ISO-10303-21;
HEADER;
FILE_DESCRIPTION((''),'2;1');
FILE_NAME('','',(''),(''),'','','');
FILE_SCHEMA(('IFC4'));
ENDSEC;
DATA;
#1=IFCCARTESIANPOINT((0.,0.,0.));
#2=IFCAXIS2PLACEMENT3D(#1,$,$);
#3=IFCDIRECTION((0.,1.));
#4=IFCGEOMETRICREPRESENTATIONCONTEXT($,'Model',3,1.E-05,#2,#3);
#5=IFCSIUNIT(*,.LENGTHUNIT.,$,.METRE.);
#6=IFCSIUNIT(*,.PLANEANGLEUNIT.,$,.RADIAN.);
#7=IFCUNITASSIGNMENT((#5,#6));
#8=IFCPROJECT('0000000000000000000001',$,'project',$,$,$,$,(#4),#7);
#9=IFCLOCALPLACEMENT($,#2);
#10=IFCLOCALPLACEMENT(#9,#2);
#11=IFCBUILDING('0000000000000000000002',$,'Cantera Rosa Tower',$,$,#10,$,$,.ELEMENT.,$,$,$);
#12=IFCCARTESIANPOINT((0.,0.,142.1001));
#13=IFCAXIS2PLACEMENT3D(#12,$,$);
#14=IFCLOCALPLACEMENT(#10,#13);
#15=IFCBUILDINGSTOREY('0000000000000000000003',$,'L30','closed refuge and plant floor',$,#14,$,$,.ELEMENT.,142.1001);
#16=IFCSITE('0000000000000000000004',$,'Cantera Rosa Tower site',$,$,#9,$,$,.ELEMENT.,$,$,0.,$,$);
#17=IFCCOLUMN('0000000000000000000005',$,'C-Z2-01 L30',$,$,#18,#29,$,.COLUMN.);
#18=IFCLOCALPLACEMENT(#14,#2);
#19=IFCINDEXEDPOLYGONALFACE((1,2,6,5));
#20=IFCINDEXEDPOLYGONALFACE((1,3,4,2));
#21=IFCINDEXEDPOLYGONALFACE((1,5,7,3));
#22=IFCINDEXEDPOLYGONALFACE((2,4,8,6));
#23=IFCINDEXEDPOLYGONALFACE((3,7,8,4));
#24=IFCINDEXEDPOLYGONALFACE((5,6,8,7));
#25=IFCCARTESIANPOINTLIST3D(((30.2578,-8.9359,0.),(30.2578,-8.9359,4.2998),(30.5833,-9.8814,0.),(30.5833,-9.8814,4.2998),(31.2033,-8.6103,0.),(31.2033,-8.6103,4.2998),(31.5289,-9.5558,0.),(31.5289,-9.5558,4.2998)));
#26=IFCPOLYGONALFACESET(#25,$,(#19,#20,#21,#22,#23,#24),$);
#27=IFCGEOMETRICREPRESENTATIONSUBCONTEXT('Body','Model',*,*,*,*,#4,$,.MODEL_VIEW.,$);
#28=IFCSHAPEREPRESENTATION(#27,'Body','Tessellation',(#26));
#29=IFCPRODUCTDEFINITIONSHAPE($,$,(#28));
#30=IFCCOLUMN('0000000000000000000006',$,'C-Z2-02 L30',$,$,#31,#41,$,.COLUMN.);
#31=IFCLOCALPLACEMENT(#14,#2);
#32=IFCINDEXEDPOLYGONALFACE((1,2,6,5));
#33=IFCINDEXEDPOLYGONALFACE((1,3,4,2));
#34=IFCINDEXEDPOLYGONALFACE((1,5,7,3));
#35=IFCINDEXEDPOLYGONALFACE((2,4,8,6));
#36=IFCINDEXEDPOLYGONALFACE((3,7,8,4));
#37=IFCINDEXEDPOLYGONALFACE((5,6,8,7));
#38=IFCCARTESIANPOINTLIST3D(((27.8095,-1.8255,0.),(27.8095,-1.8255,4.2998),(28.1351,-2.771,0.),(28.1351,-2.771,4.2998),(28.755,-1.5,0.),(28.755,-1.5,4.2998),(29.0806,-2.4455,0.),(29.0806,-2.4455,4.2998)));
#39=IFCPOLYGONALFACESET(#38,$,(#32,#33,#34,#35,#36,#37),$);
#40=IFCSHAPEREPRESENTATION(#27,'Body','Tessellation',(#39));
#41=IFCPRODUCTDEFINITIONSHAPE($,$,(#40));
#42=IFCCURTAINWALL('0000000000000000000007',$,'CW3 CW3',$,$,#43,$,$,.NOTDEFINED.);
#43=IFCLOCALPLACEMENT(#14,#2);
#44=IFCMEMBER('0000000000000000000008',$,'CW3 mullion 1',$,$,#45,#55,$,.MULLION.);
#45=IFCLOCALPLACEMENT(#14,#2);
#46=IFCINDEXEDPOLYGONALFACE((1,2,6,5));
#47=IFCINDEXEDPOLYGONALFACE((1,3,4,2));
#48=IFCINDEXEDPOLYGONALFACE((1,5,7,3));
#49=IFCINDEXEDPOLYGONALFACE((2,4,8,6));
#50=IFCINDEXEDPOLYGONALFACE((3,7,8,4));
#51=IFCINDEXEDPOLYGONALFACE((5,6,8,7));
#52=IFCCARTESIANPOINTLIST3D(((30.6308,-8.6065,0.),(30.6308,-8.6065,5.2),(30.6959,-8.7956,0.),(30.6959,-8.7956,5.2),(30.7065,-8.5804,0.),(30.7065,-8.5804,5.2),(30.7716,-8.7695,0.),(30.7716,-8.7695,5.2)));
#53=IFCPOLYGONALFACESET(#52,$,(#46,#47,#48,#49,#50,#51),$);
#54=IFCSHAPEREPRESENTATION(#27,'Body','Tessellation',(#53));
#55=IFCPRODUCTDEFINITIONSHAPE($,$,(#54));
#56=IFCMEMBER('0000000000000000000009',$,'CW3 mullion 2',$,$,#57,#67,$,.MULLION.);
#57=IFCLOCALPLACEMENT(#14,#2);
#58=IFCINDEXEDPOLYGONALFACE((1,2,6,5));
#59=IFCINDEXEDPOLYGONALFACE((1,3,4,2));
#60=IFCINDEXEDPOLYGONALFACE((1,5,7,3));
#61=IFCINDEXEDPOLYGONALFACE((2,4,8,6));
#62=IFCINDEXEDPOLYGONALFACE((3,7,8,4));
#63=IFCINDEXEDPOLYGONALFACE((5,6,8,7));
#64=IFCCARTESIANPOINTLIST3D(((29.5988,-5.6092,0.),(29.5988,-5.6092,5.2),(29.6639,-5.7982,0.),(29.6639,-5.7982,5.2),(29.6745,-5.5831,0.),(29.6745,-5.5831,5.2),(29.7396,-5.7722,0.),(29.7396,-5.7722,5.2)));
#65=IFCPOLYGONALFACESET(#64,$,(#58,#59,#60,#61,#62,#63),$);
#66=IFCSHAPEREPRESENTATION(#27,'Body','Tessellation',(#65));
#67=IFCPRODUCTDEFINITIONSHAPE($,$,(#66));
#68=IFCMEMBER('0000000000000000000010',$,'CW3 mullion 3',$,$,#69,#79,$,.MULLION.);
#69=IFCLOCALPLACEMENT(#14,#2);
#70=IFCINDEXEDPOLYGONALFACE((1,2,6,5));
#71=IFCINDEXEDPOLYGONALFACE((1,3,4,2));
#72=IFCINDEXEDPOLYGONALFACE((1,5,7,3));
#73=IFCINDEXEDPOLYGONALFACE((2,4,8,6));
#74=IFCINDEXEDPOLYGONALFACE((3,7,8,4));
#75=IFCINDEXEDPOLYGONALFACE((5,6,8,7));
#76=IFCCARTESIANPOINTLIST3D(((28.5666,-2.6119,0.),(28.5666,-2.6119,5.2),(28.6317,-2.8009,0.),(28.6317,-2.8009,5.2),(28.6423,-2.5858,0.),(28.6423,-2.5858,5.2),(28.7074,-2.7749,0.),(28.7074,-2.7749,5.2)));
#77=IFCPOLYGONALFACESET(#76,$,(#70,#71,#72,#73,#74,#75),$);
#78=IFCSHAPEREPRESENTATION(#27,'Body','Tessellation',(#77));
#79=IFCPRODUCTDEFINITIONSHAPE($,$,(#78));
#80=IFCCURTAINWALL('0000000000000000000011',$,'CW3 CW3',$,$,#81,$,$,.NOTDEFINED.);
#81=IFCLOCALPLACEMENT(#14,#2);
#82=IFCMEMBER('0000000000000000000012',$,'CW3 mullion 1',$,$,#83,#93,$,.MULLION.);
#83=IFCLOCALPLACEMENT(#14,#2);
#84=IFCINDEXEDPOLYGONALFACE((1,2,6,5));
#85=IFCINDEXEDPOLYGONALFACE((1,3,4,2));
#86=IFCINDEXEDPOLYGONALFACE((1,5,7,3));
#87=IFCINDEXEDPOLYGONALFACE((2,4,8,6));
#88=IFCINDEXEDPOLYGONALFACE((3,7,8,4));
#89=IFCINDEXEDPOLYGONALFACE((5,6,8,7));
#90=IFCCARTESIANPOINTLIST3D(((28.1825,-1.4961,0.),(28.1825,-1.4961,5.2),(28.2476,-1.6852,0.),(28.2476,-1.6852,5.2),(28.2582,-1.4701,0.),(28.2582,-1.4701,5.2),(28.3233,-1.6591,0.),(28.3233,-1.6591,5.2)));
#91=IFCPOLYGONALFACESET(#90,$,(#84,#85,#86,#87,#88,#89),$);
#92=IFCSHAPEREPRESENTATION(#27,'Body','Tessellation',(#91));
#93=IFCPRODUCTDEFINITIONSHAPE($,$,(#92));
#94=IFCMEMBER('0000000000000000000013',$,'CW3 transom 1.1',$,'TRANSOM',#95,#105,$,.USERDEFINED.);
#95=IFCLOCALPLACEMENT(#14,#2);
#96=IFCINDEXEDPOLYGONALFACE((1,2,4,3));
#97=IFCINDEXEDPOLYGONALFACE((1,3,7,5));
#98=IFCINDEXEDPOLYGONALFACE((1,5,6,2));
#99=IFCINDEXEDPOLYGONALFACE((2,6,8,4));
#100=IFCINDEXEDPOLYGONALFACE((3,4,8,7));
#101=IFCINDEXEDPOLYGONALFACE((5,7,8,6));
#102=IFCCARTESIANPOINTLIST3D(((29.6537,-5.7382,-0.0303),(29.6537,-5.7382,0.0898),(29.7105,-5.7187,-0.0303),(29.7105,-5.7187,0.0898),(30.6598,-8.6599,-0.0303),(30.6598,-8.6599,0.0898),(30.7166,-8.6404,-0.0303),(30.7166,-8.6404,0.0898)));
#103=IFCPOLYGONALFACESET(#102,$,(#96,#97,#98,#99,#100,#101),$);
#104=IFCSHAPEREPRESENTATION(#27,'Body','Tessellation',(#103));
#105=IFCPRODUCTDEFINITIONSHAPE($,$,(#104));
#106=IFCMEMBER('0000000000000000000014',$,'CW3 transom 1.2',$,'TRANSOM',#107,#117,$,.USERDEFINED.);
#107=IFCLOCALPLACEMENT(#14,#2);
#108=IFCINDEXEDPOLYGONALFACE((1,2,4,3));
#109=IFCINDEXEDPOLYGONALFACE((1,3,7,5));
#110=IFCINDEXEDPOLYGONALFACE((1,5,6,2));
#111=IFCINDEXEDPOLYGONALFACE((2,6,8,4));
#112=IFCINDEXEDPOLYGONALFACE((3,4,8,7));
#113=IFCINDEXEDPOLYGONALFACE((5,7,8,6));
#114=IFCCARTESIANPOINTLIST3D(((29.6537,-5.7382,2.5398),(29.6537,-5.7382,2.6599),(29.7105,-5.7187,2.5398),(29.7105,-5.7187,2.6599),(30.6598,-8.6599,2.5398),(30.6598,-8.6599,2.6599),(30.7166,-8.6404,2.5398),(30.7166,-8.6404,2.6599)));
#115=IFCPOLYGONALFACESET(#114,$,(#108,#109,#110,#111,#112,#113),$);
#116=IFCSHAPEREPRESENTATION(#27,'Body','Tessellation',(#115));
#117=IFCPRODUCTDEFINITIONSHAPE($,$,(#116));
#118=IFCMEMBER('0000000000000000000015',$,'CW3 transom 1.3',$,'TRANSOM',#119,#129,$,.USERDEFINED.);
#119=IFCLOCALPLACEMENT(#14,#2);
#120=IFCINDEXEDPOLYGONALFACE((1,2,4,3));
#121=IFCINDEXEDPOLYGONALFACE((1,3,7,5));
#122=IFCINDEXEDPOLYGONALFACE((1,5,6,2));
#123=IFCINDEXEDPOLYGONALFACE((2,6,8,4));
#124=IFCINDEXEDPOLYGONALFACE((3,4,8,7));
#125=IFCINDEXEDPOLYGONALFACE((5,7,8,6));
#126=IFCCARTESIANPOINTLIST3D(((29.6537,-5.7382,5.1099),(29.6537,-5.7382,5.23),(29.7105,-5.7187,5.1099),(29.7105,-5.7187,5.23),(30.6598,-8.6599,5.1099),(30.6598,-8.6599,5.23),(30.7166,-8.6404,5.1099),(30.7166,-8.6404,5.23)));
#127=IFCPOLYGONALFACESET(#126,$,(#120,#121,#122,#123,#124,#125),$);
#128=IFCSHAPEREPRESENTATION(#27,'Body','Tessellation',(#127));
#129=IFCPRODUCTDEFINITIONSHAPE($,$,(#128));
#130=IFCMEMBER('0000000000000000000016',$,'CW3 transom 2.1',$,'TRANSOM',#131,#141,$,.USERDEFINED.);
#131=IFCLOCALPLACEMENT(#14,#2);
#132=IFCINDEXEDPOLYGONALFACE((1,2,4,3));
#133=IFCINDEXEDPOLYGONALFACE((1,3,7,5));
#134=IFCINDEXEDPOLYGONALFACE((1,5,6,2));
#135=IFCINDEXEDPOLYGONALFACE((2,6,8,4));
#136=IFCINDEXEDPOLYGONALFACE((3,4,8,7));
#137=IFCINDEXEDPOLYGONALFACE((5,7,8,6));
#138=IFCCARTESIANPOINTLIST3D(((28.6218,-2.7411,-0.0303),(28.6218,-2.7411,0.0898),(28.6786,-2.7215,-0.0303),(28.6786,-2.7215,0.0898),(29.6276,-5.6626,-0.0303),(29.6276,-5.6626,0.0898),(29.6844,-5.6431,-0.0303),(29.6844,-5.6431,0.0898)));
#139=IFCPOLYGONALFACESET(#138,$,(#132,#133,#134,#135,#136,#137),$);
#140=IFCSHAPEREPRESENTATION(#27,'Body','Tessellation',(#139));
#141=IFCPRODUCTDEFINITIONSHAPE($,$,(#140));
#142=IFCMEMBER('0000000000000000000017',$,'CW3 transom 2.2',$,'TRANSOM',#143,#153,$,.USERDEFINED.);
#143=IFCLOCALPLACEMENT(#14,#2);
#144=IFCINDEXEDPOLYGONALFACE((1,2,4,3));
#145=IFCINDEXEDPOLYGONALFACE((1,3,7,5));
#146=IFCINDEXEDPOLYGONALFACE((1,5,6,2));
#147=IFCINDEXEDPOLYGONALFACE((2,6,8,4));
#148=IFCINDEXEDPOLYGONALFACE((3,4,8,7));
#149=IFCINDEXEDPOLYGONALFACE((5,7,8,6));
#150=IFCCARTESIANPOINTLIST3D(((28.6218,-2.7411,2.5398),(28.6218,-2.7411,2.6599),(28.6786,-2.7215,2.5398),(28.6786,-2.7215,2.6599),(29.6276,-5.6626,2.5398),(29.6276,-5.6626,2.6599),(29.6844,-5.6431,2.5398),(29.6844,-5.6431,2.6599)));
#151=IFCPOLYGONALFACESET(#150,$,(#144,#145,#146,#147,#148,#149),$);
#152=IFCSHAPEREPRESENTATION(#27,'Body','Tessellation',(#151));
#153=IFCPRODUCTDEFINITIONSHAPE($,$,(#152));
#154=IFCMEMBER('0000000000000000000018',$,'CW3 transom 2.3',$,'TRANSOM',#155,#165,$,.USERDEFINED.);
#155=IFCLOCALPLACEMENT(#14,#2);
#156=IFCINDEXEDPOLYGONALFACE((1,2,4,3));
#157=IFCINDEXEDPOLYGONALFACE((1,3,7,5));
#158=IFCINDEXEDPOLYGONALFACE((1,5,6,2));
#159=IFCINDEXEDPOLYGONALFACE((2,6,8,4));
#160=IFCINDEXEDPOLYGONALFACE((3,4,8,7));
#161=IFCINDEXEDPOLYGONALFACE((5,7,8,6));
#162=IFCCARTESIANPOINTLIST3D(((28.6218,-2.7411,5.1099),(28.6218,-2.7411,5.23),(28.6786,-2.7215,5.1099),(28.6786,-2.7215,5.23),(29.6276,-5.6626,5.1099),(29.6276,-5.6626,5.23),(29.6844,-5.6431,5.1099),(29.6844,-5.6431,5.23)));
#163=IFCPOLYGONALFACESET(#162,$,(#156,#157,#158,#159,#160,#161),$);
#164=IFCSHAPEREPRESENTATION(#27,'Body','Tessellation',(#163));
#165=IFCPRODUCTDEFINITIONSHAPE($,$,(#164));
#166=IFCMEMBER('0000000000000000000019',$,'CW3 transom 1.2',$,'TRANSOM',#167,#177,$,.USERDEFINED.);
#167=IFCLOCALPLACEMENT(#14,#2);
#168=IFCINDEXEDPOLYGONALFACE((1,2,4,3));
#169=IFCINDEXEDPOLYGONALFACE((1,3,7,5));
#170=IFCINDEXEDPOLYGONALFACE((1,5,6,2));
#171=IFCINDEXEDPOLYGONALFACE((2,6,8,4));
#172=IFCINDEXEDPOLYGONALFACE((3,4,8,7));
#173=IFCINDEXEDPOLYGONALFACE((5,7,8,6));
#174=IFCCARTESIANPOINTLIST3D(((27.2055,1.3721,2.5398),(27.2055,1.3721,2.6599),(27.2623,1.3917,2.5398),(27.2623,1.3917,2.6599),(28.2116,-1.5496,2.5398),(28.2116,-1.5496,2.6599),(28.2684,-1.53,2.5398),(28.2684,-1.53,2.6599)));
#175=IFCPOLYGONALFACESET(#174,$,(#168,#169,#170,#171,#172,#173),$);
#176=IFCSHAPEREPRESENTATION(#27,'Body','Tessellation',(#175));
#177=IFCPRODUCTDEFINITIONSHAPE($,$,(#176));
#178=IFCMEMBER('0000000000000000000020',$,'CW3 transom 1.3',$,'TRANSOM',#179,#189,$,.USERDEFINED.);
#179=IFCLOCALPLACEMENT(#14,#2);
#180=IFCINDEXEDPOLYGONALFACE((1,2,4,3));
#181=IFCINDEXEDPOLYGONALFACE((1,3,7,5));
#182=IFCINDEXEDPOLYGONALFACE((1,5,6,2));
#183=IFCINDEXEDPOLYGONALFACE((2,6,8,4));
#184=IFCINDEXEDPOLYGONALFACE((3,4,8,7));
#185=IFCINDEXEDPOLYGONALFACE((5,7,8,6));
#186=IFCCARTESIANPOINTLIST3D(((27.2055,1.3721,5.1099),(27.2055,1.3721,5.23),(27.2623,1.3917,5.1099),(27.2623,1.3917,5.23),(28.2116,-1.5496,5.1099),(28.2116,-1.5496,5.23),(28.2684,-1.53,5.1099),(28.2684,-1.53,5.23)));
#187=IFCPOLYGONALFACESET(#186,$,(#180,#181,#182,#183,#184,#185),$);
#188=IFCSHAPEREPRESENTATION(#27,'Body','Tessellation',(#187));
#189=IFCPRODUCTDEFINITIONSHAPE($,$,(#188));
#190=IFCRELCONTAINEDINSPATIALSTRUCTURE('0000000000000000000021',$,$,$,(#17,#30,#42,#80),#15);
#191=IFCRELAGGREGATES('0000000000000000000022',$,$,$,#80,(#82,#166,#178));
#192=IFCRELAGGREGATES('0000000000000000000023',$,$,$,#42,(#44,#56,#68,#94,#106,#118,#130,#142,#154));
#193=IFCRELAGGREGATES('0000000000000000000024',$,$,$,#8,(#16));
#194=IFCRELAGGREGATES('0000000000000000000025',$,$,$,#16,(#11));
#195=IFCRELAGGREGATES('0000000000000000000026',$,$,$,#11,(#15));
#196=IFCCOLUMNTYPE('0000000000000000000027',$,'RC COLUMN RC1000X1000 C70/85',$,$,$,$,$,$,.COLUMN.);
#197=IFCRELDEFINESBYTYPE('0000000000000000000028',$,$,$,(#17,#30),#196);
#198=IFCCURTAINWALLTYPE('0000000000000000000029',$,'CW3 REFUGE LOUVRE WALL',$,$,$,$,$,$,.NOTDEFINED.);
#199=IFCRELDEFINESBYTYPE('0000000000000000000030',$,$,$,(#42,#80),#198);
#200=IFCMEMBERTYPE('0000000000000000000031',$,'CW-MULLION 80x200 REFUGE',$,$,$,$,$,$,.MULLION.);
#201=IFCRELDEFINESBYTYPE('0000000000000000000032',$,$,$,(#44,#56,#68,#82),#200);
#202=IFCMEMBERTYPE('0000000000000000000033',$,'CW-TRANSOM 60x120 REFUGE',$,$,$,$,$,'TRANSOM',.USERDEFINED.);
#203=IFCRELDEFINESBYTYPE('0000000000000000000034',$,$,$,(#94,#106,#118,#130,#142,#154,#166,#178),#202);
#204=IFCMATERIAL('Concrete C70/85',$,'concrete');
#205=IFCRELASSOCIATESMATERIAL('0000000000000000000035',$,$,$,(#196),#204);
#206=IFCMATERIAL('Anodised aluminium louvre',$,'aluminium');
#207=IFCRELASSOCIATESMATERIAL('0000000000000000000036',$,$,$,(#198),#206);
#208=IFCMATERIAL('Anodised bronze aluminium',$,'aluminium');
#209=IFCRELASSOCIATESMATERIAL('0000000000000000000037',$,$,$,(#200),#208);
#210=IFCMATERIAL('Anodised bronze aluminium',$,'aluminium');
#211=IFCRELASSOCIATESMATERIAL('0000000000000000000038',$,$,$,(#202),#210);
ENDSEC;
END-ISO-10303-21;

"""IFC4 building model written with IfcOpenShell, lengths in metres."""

from ifc_helpers import new_model, si_unit, direction, frame, origin, origin_2d, place, context, subcontext, project, spatial, rectangle, extrude, material, material_profile, profile_set, type_object, element, aggregate, save


model = new_model("IFC4")

# Units and contexts
model_context = context("Model", 3, precision=1e-05, world=origin(), true_north=direction((0.0, 1.0)))
body_context = subcontext(model_context, "Body", "Model", "MODEL_VIEW")
ifc_project = project(units=[si_unit("LENGTHUNIT", "METRE"), si_unit("PLANEANGLEUNIT", "RADIAN")], contexts=[model_context])

# Site, building, storey
site_placement = place(None, origin())
site = spatial("IfcSite", under=ifc_project, at=site_placement, Name="Cantera Rosa Tower site", CompositionType="ELEMENT", RefElevation=0.0)
building_placement = place(site_placement, origin())
building = spatial("IfcBuilding", under=site, at=building_placement, Name="Cantera Rosa Tower", CompositionType="ELEMENT")
storey_placement = place(building_placement, frame((0.0, 0.0, 142.1001)))
storey = spatial("IfcBuildingStorey", under=building, at=storey_placement, Name="L30", Description="closed refuge and plant floor", CompositionType="ELEMENT", Elevation=142.1001)

# Columns
ifc_material_1 = material(Name="Concrete C70/85", Category="concrete")
ifc_material_profile_1 = material_profile(ifc_material_1, rectangle(XDim=1.0, YDim=1.0, at=origin_2d()), Name="RC COLUMN RC1000X1000 C70/85")
ifc_profile_set_1 = profile_set([ifc_material_profile_1], Name="Concrete C70/85")
column_type = type_object("IfcColumnType", Name="RC COLUMN RC1000X1000 C70/85", PredefinedType="COLUMN", material=ifc_profile_set_1)
for number, where, z_axis, x_axis, name in (
    (1, (30.8933, -9.2458, 0.0), (0.0, 0.0, 1.0), (0.945519, 0.325568, 0.0), "C-Z2-01 L30"),
    (2, (28.4451, -2.1355, 0.0), (0.0, 0.0, 1.0), (0.945519, 0.325568, 0.0), "C-Z2-02 L30"),
):
    element("IfcColumn", number, at=place(storey_placement, frame(where, z_axis=z_axis, x_axis=x_axis)), inside=storey, type_object=column_type, Name=name, PredefinedType="COLUMN", context=body_context, shape_type="SweptSolid", body=[
        extrude(rectangle(XDim=1.0, YDim=1.0, at=origin_2d()), origin(), (0.0, 0.0, 1.0), 4.2998),
    ])

# Curtain wall, members
ifc_material_2 = material(Name="Anodised aluminium louvre", Category="aluminium")
curtain_wall_type = type_object("IfcCurtainWallType", Name="CW3 REFUGE LOUVRE WALL", PredefinedType="NOTDEFINED", material=ifc_material_2)
curtain_wall_1_placement = place(storey_placement, origin())
curtain_wall_1 = element("IfcCurtainWall", 3, at=curtain_wall_1_placement, inside=storey, type_object=curtain_wall_type, Name="CW3 CW3", PredefinedType="NOTDEFINED")
ifc_material_3 = material(Name="Anodised bronze aluminium", Category="aluminium")
ifc_material_profile_2 = material_profile(ifc_material_3, rectangle(XDim=0.0801, YDim=0.2, at=origin_2d()), Name="CW-MULLION 80x200 REFUGE")
ifc_profile_set_2 = profile_set([ifc_material_profile_2], Name="Anodised bronze aluminium")
member_type_1 = type_object("IfcMemberType", Name="CW-MULLION 80x200 REFUGE", PredefinedType="MULLION", material=ifc_profile_set_2)
member_1_placement = place(storey_placement, frame((30.7012, -8.688, 0.0), z_axis=(0.0, 0.0, 1.0), x_axis=(-0.945519, -0.325568, 0.0)))
member_1 = element("IfcMember", 4, at=member_1_placement, type_object=member_type_1, Name="CW3 mullion 1", PredefinedType="MULLION", context=body_context, shape_type="SweptSolid", body=[
    extrude(rectangle(XDim=0.0801, YDim=0.2, at=origin_2d()), origin(), (0.0, 0.0, 1.0), 5.2),
])
member_2_placement = place(storey_placement, frame((29.6692, -5.6907, 0.0), z_axis=(0.0, 0.0, 1.0), x_axis=(-0.945519, -0.325568, 0.0)))
member_2 = element("IfcMember", 5, at=member_2_placement, type_object=member_type_1, Name="CW3 mullion 2", PredefinedType="MULLION", context=body_context, shape_type="SweptSolid", body=[
    extrude(rectangle(XDim=0.0801, YDim=0.2, at=origin_2d()), origin(), (0.0, 0.0, 1.0), 5.2),
])
member_3_placement = place(storey_placement, frame((28.637, -2.6934, 0.0), z_axis=(0.0, 0.0, 1.0), x_axis=(-0.945519, -0.325568, 0.0)))
member_3 = element("IfcMember", 6, at=member_3_placement, type_object=member_type_1, Name="CW3 mullion 3", PredefinedType="MULLION", context=body_context, shape_type="SweptSolid", body=[
    extrude(rectangle(XDim=0.0801, YDim=0.2, at=origin_2d()), origin(), (0.0, 0.0, 1.0), 5.2),
])

# Curtain wall, member
curtain_wall_2_placement = place(storey_placement, origin())
curtain_wall_2 = element("IfcCurtainWall", 7, at=curtain_wall_2_placement, inside=storey, type_object=curtain_wall_type, Name="CW3 CW3", PredefinedType="NOTDEFINED")
member_4_placement = place(storey_placement, frame((28.2529, -1.5776, 0.0), z_axis=(0.0, 0.0, 1.0), x_axis=(-0.945519, -0.325568, 0.0)))
member_4 = element("IfcMember", 8, at=member_4_placement, type_object=member_type_1, Name="CW3 mullion 1", PredefinedType="MULLION", context=body_context, shape_type="SweptSolid", body=[
    extrude(rectangle(XDim=0.0801, YDim=0.2, at=origin_2d()), origin(), (0.0, 0.0, 1.0), 5.2),
])

# Members
ifc_material_4 = material(Name="Anodised bronze aluminium", Category="aluminium")
ifc_material_profile_3 = material_profile(ifc_material_4, rectangle(XDim=0.0601, YDim=0.1201, at=origin_2d()), Name="CW-TRANSOM 60x120 REFUGE")
ifc_profile_set_3 = profile_set([ifc_material_profile_3], Name="Anodised bronze aluminium")
member_type_2 = type_object("IfcMemberType", Name="CW-TRANSOM 60x120 REFUGE", ElementType="TRANSOM", PredefinedType="USERDEFINED", material=ifc_profile_set_3)
member_5_placement = place(storey_placement, frame((30.6882, -8.6501, 0.0298), z_axis=(-0.325599, 0.945508, 0.0), x_axis=(-0.945508, -0.325599, 0.0)))
member_5 = element("IfcMember", 9, at=member_5_placement, type_object=member_type_2, Name="CW3 transom 1.1", ObjectType="TRANSOM", PredefinedType="USERDEFINED", context=body_context, shape_type="SweptSolid", body=[
    extrude(rectangle(XDim=0.0601, YDim=0.1201, at=origin_2d()), origin(), (0.0, 0.0, 1.0), 3.0901),
])
member_6_placement = place(storey_placement, frame((30.6882, -8.6501, 2.5999), z_axis=(-0.325599, 0.945508, 0.0), x_axis=(-0.945508, -0.325599, 0.0)))
member_6 = element("IfcMember", 10, at=member_6_placement, type_object=member_type_2, Name="CW3 transom 1.2", ObjectType="TRANSOM", PredefinedType="USERDEFINED", context=body_context, shape_type="SweptSolid", body=[
    extrude(rectangle(XDim=0.0601, YDim=0.1201, at=origin_2d()), origin(), (0.0, 0.0, 1.0), 3.0901),
])
member_7_placement = place(storey_placement, frame((30.6882, -8.6501, 5.1699), z_axis=(-0.325599, 0.945508, 0.0), x_axis=(-0.945508, -0.325599, 0.0)))
member_7 = element("IfcMember", 11, at=member_7_placement, type_object=member_type_2, Name="CW3 transom 1.3", ObjectType="TRANSOM", PredefinedType="USERDEFINED", context=body_context, shape_type="SweptSolid", body=[
    extrude(rectangle(XDim=0.0601, YDim=0.1201, at=origin_2d()), origin(), (0.0, 0.0, 1.0), 3.0901),
])
member_8_placement = place(storey_placement, frame((29.656, -5.6528, 0.0298), z_axis=(-0.325528, 0.945532, 0.0), x_axis=(-0.945532, -0.325528, 0.0)))
member_8 = element("IfcMember", 12, at=member_8_placement, type_object=member_type_2, Name="CW3 transom 2.1", ObjectType="TRANSOM", PredefinedType="USERDEFINED", context=body_context, shape_type="SweptSolid", body=[
    extrude(rectangle(XDim=0.0601, YDim=0.1201, at=origin_2d()), origin(), (0.0, 0.0, 1.0), 3.0898),
])
member_9_placement = place(storey_placement, frame((29.656, -5.6528, 2.5999), z_axis=(-0.325528, 0.945532, 0.0), x_axis=(-0.945532, -0.325528, 0.0)))
member_9 = element("IfcMember", 13, at=member_9_placement, type_object=member_type_2, Name="CW3 transom 2.2", ObjectType="TRANSOM", PredefinedType="USERDEFINED", context=body_context, shape_type="SweptSolid", body=[
    extrude(rectangle(XDim=0.0601, YDim=0.1201, at=origin_2d()), origin(), (0.0, 0.0, 1.0), 3.0898),
])
member_10_placement = place(storey_placement, frame((29.656, -5.6528, 5.1699), z_axis=(-0.325528, 0.945532, 0.0), x_axis=(-0.945532, -0.325528, 0.0)))
member_10 = element("IfcMember", 14, at=member_10_placement, type_object=member_type_2, Name="CW3 transom 2.3", ObjectType="TRANSOM", PredefinedType="USERDEFINED", context=body_context, shape_type="SweptSolid", body=[
    extrude(rectangle(XDim=0.0601, YDim=0.1201, at=origin_2d()), origin(), (0.0, 0.0, 1.0), 3.0898),
])
member_11_placement = place(storey_placement, frame((28.24, -1.5398, 2.5999), z_axis=(-0.325599, 0.945508, 0.0), x_axis=(-0.945508, -0.325599, 0.0)))
member_11 = element("IfcMember", 15, at=member_11_placement, type_object=member_type_2, Name="CW3 transom 1.2", ObjectType="TRANSOM", PredefinedType="USERDEFINED", context=body_context, shape_type="SweptSolid", body=[
    extrude(rectangle(XDim=0.0601, YDim=0.1201, at=origin_2d()), origin(), (0.0, 0.0, 1.0), 3.0901),
])
member_12_placement = place(storey_placement, frame((28.24, -1.5398, 5.1699), z_axis=(-0.325599, 0.945508, 0.0), x_axis=(-0.945508, -0.325599, 0.0)))
member_12 = element("IfcMember", 16, at=member_12_placement, type_object=member_type_2, Name="CW3 transom 1.3", ObjectType="TRANSOM", PredefinedType="USERDEFINED", context=body_context, shape_type="SweptSolid", body=[
    extrude(rectangle(XDim=0.0601, YDim=0.1201, at=origin_2d()), origin(), (0.0, 0.0, 1.0), 3.0901),
])
aggregate(curtain_wall_2, [member_4, member_11, member_12])

aggregate(curtain_wall_1, [member_1, member_2, member_3, member_5, member_6, member_7, member_8, member_9, member_10])

save(model, "model.ifc")
